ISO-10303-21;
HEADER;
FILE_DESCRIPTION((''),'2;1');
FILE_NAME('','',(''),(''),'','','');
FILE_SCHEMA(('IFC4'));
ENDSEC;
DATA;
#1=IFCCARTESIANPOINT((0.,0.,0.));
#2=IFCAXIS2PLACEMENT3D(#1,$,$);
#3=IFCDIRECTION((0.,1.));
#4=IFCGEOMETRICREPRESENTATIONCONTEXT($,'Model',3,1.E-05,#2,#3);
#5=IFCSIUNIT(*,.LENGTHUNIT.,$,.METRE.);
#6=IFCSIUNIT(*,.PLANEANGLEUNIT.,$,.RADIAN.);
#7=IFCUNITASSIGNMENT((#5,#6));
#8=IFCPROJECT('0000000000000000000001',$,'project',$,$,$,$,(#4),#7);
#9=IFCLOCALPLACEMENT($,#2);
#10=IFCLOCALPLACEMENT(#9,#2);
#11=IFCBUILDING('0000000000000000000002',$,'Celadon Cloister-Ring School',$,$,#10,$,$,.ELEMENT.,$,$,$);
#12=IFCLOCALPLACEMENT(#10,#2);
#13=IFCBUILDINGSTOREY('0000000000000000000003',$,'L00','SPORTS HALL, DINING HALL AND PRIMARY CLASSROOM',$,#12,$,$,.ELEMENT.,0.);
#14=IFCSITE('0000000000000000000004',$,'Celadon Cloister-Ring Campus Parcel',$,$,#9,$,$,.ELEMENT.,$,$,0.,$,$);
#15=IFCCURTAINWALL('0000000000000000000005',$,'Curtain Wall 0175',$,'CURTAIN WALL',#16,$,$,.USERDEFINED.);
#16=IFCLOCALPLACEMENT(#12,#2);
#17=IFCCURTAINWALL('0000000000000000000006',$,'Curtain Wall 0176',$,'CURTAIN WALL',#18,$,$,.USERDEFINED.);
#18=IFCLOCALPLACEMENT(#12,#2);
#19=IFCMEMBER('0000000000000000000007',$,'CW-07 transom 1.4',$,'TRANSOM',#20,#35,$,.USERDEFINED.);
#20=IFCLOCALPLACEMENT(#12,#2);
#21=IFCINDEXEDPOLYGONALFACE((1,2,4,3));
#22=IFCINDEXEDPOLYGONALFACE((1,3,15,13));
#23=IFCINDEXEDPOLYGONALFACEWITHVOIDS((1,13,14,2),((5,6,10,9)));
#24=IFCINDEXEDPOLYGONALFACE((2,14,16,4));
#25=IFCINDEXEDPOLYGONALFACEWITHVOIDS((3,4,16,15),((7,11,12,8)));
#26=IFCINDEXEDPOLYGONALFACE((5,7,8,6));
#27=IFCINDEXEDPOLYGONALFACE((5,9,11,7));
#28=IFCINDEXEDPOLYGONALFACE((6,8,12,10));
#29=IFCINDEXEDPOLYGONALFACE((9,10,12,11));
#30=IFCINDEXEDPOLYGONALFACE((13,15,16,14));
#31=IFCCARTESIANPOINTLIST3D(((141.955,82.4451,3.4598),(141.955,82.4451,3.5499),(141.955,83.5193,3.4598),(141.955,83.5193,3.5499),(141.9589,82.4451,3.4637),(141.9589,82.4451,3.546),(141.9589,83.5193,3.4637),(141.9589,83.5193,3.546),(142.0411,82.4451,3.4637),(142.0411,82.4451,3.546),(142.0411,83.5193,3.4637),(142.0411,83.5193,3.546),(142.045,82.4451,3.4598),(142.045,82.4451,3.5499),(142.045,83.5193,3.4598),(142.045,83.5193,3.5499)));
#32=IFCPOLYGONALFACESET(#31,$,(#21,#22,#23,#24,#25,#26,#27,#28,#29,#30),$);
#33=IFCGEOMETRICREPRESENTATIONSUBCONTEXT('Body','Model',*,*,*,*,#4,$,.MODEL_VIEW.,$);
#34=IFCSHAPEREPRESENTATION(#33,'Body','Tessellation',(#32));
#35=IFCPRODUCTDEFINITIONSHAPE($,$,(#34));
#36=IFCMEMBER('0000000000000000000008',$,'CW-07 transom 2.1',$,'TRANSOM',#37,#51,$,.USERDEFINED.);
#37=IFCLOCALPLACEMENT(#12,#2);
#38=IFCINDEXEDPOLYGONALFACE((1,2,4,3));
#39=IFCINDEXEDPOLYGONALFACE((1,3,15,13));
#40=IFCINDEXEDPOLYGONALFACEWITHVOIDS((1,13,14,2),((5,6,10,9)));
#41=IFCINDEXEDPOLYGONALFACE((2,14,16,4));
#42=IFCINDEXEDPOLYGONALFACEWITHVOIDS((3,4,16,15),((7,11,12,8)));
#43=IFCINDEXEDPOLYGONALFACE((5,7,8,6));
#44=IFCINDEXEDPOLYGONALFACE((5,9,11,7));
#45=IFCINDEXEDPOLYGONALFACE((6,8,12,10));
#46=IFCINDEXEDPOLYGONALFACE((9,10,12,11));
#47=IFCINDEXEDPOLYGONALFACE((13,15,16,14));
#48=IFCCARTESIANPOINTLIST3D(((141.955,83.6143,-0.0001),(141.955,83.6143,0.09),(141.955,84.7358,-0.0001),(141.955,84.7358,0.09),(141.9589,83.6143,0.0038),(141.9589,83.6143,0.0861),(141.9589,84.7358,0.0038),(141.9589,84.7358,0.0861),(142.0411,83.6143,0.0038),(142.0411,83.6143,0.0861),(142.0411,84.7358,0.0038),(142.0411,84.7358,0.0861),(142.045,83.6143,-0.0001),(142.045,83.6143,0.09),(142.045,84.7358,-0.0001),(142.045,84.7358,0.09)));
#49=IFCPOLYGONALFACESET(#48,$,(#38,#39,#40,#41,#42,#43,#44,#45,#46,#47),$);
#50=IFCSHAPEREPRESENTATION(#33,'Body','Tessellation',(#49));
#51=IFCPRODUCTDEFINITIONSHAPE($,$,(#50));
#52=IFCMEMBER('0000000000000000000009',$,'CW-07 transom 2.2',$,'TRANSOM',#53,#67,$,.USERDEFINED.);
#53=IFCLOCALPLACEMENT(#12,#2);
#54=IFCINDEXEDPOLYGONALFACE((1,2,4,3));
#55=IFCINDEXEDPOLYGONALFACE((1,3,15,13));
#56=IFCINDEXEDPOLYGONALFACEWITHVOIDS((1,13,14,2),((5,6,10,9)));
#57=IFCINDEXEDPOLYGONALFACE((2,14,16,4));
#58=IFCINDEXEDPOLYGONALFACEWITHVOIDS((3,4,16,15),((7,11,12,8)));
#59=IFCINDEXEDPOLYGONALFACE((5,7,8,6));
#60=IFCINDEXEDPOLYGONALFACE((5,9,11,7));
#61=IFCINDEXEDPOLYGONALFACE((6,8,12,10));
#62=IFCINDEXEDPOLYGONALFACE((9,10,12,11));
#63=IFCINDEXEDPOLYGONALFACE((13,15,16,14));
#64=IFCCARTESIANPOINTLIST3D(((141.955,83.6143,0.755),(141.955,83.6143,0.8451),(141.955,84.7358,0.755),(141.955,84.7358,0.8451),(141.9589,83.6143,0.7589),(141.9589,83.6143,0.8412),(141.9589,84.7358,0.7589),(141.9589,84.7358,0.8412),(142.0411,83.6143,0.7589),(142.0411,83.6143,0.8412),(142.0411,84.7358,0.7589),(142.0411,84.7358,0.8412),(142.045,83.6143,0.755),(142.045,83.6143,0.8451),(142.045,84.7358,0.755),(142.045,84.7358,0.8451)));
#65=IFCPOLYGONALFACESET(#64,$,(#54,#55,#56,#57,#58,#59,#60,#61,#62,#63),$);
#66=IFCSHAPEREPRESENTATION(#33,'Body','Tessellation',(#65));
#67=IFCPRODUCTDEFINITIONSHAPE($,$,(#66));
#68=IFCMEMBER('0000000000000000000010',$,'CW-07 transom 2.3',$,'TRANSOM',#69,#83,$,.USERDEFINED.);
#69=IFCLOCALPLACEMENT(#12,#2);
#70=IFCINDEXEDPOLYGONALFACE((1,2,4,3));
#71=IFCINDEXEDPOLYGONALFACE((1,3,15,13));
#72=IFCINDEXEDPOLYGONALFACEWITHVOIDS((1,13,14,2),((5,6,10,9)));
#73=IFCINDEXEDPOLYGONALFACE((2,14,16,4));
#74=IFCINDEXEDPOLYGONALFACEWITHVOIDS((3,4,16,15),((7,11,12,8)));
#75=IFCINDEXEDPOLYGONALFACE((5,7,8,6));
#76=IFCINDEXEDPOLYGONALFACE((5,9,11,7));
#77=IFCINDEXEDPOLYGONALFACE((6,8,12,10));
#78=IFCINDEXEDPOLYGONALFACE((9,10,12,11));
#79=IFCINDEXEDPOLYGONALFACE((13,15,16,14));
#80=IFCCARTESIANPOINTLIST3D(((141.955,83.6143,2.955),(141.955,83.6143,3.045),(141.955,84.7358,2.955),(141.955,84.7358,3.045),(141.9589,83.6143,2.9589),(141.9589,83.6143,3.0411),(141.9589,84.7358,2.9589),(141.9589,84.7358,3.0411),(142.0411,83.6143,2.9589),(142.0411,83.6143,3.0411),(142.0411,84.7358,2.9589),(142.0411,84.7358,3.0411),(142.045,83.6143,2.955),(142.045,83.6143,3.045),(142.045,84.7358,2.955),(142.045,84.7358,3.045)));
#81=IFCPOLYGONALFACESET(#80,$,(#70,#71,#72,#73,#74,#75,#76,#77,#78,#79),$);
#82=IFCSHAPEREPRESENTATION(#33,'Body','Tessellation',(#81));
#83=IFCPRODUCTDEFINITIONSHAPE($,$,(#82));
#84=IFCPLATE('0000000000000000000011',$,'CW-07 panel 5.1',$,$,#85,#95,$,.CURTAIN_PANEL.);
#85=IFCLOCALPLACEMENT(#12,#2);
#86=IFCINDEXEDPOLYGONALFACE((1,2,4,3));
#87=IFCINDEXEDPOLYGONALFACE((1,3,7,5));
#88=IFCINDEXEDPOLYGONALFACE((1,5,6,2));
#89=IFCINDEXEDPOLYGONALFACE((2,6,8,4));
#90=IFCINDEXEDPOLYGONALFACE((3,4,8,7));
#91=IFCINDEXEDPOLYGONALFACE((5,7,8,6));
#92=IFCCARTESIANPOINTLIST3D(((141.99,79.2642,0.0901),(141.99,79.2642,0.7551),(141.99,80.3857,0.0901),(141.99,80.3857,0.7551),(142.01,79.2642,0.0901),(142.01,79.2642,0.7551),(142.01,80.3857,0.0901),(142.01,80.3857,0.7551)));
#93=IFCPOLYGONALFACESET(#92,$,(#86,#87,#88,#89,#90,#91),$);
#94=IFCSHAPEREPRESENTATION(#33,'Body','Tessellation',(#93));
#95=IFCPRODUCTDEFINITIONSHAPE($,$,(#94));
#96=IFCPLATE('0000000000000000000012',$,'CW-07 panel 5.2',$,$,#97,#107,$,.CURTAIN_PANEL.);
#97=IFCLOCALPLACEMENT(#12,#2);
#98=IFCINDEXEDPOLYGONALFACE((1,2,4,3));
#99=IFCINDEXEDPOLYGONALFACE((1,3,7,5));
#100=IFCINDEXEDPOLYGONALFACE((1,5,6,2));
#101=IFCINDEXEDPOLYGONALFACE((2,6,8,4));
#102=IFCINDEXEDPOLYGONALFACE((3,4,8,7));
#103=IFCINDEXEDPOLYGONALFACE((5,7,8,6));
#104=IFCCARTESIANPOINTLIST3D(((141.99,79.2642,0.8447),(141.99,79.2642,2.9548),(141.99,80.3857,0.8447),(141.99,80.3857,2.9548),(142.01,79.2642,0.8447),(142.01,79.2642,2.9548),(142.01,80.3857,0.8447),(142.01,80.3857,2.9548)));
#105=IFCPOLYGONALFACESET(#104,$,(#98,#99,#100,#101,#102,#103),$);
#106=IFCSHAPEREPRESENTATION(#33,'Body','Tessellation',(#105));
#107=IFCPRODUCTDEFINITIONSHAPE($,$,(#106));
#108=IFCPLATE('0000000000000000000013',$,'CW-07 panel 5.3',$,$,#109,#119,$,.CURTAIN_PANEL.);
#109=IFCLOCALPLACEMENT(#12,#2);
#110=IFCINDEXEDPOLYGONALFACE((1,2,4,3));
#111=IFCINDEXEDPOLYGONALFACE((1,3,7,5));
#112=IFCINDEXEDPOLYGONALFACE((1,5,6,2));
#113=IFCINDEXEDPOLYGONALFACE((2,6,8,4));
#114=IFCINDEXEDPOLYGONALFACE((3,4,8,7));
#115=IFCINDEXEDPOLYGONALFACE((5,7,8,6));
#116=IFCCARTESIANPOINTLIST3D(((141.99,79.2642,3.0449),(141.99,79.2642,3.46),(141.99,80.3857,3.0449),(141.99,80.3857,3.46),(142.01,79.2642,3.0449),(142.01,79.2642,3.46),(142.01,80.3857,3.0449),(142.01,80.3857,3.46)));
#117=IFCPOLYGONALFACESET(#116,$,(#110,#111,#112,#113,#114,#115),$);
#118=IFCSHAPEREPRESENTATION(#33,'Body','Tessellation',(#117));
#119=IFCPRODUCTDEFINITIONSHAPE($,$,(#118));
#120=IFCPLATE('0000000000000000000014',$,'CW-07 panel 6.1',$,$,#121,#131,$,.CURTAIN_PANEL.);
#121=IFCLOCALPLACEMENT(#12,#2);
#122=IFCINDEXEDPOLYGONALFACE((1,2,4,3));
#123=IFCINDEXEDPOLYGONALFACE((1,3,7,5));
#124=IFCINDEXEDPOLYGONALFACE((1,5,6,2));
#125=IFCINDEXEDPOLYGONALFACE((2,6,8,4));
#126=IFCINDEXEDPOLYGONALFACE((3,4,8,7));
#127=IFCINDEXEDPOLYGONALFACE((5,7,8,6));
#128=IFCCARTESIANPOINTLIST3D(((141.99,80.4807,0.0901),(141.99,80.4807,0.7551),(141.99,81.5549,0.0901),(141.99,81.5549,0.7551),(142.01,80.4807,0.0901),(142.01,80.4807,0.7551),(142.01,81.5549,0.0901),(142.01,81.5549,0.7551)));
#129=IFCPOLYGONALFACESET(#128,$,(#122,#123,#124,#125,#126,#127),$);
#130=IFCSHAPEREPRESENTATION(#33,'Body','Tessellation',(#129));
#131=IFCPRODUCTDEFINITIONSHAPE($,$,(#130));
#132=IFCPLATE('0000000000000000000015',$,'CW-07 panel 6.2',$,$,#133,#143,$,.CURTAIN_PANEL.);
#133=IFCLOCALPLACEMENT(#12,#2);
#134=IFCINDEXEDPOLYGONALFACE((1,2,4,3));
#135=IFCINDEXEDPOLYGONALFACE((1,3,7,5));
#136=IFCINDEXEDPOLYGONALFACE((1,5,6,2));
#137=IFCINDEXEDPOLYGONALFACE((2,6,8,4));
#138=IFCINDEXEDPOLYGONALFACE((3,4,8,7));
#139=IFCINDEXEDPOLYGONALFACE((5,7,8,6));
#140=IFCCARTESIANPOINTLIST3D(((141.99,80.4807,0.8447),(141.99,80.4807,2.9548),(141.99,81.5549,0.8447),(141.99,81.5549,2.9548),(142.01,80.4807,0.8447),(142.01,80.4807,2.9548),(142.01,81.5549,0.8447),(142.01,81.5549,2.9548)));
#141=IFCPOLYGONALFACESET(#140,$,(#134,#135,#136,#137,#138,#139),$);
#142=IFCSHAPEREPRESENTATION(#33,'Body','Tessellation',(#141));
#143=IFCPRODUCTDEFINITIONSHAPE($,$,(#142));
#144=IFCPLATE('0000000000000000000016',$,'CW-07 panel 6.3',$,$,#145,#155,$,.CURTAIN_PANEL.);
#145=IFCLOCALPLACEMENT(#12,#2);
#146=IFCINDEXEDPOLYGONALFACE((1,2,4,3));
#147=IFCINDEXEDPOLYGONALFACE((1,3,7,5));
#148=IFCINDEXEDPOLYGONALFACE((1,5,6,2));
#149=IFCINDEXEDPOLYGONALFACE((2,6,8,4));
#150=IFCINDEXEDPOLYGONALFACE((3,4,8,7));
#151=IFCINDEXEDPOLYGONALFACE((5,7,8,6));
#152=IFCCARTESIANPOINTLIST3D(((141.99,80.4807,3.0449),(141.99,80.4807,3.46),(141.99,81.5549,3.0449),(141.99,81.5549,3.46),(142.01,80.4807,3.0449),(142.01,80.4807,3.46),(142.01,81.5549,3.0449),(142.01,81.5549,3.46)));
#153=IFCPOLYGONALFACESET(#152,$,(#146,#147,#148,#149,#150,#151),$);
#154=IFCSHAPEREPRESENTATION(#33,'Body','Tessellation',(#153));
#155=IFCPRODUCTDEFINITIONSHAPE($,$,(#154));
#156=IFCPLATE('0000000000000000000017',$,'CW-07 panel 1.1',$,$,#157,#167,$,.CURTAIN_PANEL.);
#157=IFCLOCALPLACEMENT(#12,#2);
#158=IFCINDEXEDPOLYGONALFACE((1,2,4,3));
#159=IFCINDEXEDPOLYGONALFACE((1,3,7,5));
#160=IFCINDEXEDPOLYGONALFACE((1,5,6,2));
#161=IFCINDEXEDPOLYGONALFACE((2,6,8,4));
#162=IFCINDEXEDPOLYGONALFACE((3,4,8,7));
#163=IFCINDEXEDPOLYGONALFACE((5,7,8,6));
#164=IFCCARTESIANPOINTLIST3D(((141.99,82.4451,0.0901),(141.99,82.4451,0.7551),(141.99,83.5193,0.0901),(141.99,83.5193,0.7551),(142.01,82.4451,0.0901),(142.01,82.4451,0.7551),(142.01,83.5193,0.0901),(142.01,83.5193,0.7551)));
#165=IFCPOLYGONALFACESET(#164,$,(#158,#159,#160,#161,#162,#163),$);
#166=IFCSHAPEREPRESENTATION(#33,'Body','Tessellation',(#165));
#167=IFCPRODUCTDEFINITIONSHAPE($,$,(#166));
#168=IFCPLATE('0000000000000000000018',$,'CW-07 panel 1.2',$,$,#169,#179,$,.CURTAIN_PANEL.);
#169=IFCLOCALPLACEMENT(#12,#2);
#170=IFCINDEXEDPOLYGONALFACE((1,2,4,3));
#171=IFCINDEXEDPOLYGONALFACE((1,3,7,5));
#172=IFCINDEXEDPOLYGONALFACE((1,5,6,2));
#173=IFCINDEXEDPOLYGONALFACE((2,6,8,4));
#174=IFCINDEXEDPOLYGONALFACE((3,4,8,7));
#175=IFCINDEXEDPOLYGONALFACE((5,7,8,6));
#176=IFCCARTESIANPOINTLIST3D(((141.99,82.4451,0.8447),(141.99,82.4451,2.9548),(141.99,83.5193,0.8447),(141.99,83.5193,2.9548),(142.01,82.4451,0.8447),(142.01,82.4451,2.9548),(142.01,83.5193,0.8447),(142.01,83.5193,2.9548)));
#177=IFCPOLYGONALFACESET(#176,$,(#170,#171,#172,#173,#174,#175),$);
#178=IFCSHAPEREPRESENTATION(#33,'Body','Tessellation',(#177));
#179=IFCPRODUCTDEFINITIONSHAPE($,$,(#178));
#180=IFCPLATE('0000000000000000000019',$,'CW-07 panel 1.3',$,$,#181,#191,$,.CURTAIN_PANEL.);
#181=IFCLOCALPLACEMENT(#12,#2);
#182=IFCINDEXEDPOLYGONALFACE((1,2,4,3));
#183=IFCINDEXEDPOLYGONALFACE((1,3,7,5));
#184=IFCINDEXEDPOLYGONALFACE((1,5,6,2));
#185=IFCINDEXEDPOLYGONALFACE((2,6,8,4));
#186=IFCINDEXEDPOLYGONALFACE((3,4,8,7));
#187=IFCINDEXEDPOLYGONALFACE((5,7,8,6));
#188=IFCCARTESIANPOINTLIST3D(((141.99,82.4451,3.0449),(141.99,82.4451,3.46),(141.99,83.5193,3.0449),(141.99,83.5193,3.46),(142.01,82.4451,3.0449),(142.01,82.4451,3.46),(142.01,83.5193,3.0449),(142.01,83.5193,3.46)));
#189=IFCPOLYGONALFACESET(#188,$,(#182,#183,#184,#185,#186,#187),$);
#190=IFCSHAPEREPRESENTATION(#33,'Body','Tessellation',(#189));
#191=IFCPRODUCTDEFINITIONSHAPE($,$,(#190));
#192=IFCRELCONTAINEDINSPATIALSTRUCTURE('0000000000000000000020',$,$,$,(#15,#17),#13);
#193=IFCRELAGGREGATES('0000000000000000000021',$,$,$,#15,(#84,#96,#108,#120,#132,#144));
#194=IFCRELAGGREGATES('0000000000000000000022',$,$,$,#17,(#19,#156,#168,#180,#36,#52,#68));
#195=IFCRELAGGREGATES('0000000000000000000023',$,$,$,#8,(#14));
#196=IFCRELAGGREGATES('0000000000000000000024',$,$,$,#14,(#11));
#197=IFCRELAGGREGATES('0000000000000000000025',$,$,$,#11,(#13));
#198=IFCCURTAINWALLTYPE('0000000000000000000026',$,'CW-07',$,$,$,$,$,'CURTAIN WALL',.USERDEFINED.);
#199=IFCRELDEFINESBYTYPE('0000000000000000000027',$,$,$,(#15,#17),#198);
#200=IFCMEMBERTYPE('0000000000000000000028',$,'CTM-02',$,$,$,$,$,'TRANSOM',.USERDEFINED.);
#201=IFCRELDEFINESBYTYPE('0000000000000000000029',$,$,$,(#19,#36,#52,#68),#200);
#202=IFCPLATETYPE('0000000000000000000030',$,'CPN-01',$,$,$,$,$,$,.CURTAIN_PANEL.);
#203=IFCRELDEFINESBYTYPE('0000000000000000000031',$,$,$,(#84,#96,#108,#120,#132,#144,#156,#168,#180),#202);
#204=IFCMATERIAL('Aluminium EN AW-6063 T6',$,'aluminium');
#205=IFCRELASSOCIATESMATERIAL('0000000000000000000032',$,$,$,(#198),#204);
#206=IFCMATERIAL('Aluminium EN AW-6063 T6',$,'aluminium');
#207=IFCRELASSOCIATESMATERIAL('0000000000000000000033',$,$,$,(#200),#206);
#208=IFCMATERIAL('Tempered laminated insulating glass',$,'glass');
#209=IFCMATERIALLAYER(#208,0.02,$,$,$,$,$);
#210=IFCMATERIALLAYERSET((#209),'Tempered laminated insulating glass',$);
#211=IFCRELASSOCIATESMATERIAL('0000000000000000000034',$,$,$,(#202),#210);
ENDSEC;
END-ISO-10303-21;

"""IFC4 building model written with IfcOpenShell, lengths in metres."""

from ifc_helpers import new_model, si_unit, direction, frame, origin, origin_2d, place, context, subcontext, project, spatial, rectangle, hollow_rectangle, extrude, material, layer, layer_set, material_profile, profile_set, type_object, element, aggregate, save


model = new_model("IFC4")

# Units and contexts
model_context = context("Model", 3, precision=1e-05, world=origin(), true_north=direction((0.0, 1.0)))
body_context = subcontext(model_context, "Body", "Model", "MODEL_VIEW")
ifc_project = project(units=[si_unit("LENGTHUNIT", "METRE"), si_unit("PLANEANGLEUNIT", "RADIAN")], contexts=[model_context])

# Site, building, storey
site_placement = place(None, origin())
site = spatial("IfcSite", under=ifc_project, at=site_placement, Name="Celadon Cloister-Ring Campus Parcel", CompositionType="ELEMENT", RefElevation=0.0)
building_placement = place(site_placement, origin())
building = spatial("IfcBuilding", under=site, at=building_placement, Name="Celadon Cloister-Ring School", CompositionType="ELEMENT")
storey_placement = place(building_placement, origin())
storey = spatial("IfcBuildingStorey", under=building, at=storey_placement, Name="L00", Description="SPORTS HALL, DINING HALL AND PRIMARY CLASSROOM", CompositionType="ELEMENT", Elevation=0.0)

# Curtain walls
ifc_material_1 = material(Name="Aluminium EN AW-6063 T6", Category="aluminium")
curtain_wall_type = type_object("IfcCurtainWallType", Name="CW-07", ElementType="CURTAIN WALL", PredefinedType="USERDEFINED", material=ifc_material_1)
curtain_wall_1_placement = place(storey_placement, origin())
curtain_wall_1 = element("IfcCurtainWall", 1, at=curtain_wall_1_placement, inside=storey, type_object=curtain_wall_type, Name="Curtain Wall 0175", ObjectType="CURTAIN WALL", PredefinedType="USERDEFINED")
curtain_wall_2_placement = place(storey_placement, origin())
curtain_wall_2 = element("IfcCurtainWall", 2, at=curtain_wall_2_placement, inside=storey, type_object=curtain_wall_type, Name="Curtain Wall 0176", ObjectType="CURTAIN WALL", PredefinedType="USERDEFINED")

# Members
ifc_material_2 = material(Name="Aluminium EN AW-6063 T6", Category="aluminium")
ifc_material_profile_1 = material_profile(ifc_material_2, hollow_rectangle(XDim=0.0901, YDim=0.0901, WallThickness=0.0039, at=origin_2d()), Name="RHS90X90X4")
ifc_profile_set_1 = profile_set([ifc_material_profile_1], Name="Aluminium EN AW-6063 T6")
member_type_1 = type_object("IfcMemberType", Name="CTM-02", ElementType="TRANSOM", PredefinedType="USERDEFINED", material=ifc_profile_set_1)
member_1_placement = place(storey_placement, frame((142.0, 82.4451, 3.5049), z_axis=(0.0, 1.0, 0.0), x_axis=(-1.0, 0.0, 0.0)))
member_1 = element("IfcMember", 3, at=member_1_placement, type_object=member_type_1, Name="CW-07 transom 1.4", ObjectType="TRANSOM", PredefinedType="USERDEFINED", context=body_context, shape_type="SweptSolid", body=[
    extrude(hollow_rectangle(XDim=0.0901, YDim=0.0901, WallThickness=0.0039, at=origin_2d()), origin(), (0.0, 0.0, 1.0), 1.0742),
])
member_2_placement = place(storey_placement, frame((142.0, 83.6143, 0.0449), z_axis=(0.0, 1.0, 0.0), x_axis=(-1.0, 0.0, 0.0)))
member_2 = element("IfcMember", 4, at=member_2_placement, type_object=member_type_1, Name="CW-07 transom 2.1", ObjectType="TRANSOM", PredefinedType="USERDEFINED", context=body_context, shape_type="SweptSolid", body=[
    extrude(hollow_rectangle(XDim=0.0901, YDim=0.0901, WallThickness=0.0039, at=origin_2d()), origin(), (0.0, 0.0, 1.0), 1.1216),
])
member_3_placement = place(storey_placement, frame((142.0, 83.6143, 0.8), z_axis=(0.0, 1.0, 0.0), x_axis=(-1.0, 0.0, 0.0)))
member_3 = element("IfcMember", 5, at=member_3_placement, type_object=member_type_1, Name="CW-07 transom 2.2", ObjectType="TRANSOM", PredefinedType="USERDEFINED", context=body_context, shape_type="SweptSolid", body=[
    extrude(hollow_rectangle(XDim=0.0901, YDim=0.0901, WallThickness=0.0039, at=origin_2d()), origin(), (0.0, 0.0, 1.0), 1.1216),
])
member_4_placement = place(storey_placement, frame((142.0, 83.6143, 3.0), z_axis=(0.0, 1.0, 0.0), x_axis=(-1.0, 0.0, 0.0)))
member_4 = element("IfcMember", 6, at=member_4_placement, type_object=member_type_1, Name="CW-07 transom 2.3", ObjectType="TRANSOM", PredefinedType="USERDEFINED", context=body_context, shape_type="SweptSolid", body=[
    extrude(hollow_rectangle(XDim=0.0901, YDim=0.0901, WallThickness=0.0039, at=origin_2d()), origin(), (0.0, 0.0, 1.0), 1.1216),
])

# Plates
ifc_material_3 = material(Name="Tempered laminated insulating glass", Category="glass")
ifc_layer = layer(ifc_material_3, 0.02)
ifc_layer_set = layer_set([ifc_layer], Name="Tempered laminated insulating glass")
plate_type = type_object("IfcPlateType", Name="CPN-01", PredefinedType="CURTAIN_PANEL", material=ifc_layer_set)
plate_1_placement = place(storey_placement, frame((142.0, 79.825, 0.0901), z_axis=(0.0, 0.0, 1.0), x_axis=(0.0, 1.0, 0.0)))
plate_1 = element("IfcPlate", 7, at=plate_1_placement, type_object=plate_type, Name="CW-07 panel 5.1", PredefinedType="CURTAIN_PANEL", context=body_context, shape_type="SweptSolid", body=[
    extrude(rectangle(XDim=1.1216, YDim=0.02, at=origin_2d()), origin(), (0.0, 0.0, 1.0), 0.665),
])
plate_2_placement = place(storey_placement, frame((142.0, 79.825, 0.8447), z_axis=(0.0, 0.0, 1.0), x_axis=(0.0, 1.0, 0.0)))
plate_2 = element("IfcPlate", 8, at=plate_2_placement, type_object=plate_type, Name="CW-07 panel 5.2", PredefinedType="CURTAIN_PANEL", context=body_context, shape_type="SweptSolid", body=[
    extrude(rectangle(XDim=1.1216, YDim=0.02, at=origin_2d()), origin(), (0.0, 0.0, 1.0), 2.1101),
])
plate_3_placement = place(storey_placement, frame((142.0, 79.825, 3.0449), z_axis=(0.0, 0.0, 1.0), x_axis=(0.0, 1.0, 0.0)))
plate_3 = element("IfcPlate", 9, at=plate_3_placement, type_object=plate_type, Name="CW-07 panel 5.3", PredefinedType="CURTAIN_PANEL", context=body_context, shape_type="SweptSolid", body=[
    extrude(rectangle(XDim=1.1216, YDim=0.02, at=origin_2d()), origin(), (0.0, 0.0, 1.0), 0.415),
])
plate_4_placement = place(storey_placement, frame((142.0, 81.0178, 0.0901), z_axis=(0.0, 0.0, 1.0), x_axis=(0.0, 1.0, 0.0)))
plate_4 = element("IfcPlate", 10, at=plate_4_placement, type_object=plate_type, Name="CW-07 panel 6.1", PredefinedType="CURTAIN_PANEL", context=body_context, shape_type="SweptSolid", body=[
    extrude(rectangle(XDim=1.0742, YDim=0.02, at=origin_2d()), origin(), (0.0, 0.0, 1.0), 0.665),
])
plate_5_placement = place(storey_placement, frame((142.0, 81.0178, 0.8447), z_axis=(0.0, 0.0, 1.0), x_axis=(0.0, 1.0, 0.0)))
plate_5 = element("IfcPlate", 11, at=plate_5_placement, type_object=plate_type, Name="CW-07 panel 6.2", PredefinedType="CURTAIN_PANEL", context=body_context, shape_type="SweptSolid", body=[
    extrude(rectangle(XDim=1.0742, YDim=0.02, at=origin_2d()), origin(), (0.0, 0.0, 1.0), 2.1101),
])
plate_6_placement = place(storey_placement, frame((142.0, 81.0178, 3.0449), z_axis=(0.0, 0.0, 1.0), x_axis=(0.0, 1.0, 0.0)))
plate_6 = element("IfcPlate", 12, at=plate_6_placement, type_object=plate_type, Name="CW-07 panel 6.3", PredefinedType="CURTAIN_PANEL", context=body_context, shape_type="SweptSolid", body=[
    extrude(rectangle(XDim=1.0742, YDim=0.02, at=origin_2d()), origin(), (0.0, 0.0, 1.0), 0.415),
])
aggregate(curtain_wall_1, [plate_1, plate_2, plate_3, plate_4, plate_5, plate_6])
plate_7_placement = place(storey_placement, frame((142.0, 82.9822, 0.0901), z_axis=(0.0, 0.0, 1.0), x_axis=(0.0, 1.0, 0.0)))
plate_7 = element("IfcPlate", 13, at=plate_7_placement, type_object=plate_type, Name="CW-07 panel 1.1", PredefinedType="CURTAIN_PANEL", context=body_context, shape_type="SweptSolid", body=[
    extrude(rectangle(XDim=1.0742, YDim=0.02, at=origin_2d()), origin(), (0.0, 0.0, 1.0), 0.665),
])
plate_8_placement = place(storey_placement, frame((142.0, 82.9822, 0.8447), z_axis=(0.0, 0.0, 1.0), x_axis=(0.0, 1.0, 0.0)))
plate_8 = element("IfcPlate", 14, at=plate_8_placement, type_object=plate_type, Name="CW-07 panel 1.2", PredefinedType="CURTAIN_PANEL", context=body_context, shape_type="SweptSolid", body=[
    extrude(rectangle(XDim=1.0742, YDim=0.02, at=origin_2d()), origin(), (0.0, 0.0, 1.0), 2.1101),
])
plate_9_placement = place(storey_placement, frame((142.0, 82.9822, 3.0449), z_axis=(0.0, 0.0, 1.0), x_axis=(0.0, 1.0, 0.0)))
plate_9 = element("IfcPlate", 15, at=plate_9_placement, type_object=plate_type, Name="CW-07 panel 1.3", PredefinedType="CURTAIN_PANEL", context=body_context, shape_type="SweptSolid", body=[
    extrude(rectangle(XDim=1.0742, YDim=0.02, at=origin_2d()), origin(), (0.0, 0.0, 1.0), 0.415),
])
aggregate(curtain_wall_2, [member_1, plate_7, plate_8, plate_9, member_2, member_3, member_4])

save(model, "model.ifc")
